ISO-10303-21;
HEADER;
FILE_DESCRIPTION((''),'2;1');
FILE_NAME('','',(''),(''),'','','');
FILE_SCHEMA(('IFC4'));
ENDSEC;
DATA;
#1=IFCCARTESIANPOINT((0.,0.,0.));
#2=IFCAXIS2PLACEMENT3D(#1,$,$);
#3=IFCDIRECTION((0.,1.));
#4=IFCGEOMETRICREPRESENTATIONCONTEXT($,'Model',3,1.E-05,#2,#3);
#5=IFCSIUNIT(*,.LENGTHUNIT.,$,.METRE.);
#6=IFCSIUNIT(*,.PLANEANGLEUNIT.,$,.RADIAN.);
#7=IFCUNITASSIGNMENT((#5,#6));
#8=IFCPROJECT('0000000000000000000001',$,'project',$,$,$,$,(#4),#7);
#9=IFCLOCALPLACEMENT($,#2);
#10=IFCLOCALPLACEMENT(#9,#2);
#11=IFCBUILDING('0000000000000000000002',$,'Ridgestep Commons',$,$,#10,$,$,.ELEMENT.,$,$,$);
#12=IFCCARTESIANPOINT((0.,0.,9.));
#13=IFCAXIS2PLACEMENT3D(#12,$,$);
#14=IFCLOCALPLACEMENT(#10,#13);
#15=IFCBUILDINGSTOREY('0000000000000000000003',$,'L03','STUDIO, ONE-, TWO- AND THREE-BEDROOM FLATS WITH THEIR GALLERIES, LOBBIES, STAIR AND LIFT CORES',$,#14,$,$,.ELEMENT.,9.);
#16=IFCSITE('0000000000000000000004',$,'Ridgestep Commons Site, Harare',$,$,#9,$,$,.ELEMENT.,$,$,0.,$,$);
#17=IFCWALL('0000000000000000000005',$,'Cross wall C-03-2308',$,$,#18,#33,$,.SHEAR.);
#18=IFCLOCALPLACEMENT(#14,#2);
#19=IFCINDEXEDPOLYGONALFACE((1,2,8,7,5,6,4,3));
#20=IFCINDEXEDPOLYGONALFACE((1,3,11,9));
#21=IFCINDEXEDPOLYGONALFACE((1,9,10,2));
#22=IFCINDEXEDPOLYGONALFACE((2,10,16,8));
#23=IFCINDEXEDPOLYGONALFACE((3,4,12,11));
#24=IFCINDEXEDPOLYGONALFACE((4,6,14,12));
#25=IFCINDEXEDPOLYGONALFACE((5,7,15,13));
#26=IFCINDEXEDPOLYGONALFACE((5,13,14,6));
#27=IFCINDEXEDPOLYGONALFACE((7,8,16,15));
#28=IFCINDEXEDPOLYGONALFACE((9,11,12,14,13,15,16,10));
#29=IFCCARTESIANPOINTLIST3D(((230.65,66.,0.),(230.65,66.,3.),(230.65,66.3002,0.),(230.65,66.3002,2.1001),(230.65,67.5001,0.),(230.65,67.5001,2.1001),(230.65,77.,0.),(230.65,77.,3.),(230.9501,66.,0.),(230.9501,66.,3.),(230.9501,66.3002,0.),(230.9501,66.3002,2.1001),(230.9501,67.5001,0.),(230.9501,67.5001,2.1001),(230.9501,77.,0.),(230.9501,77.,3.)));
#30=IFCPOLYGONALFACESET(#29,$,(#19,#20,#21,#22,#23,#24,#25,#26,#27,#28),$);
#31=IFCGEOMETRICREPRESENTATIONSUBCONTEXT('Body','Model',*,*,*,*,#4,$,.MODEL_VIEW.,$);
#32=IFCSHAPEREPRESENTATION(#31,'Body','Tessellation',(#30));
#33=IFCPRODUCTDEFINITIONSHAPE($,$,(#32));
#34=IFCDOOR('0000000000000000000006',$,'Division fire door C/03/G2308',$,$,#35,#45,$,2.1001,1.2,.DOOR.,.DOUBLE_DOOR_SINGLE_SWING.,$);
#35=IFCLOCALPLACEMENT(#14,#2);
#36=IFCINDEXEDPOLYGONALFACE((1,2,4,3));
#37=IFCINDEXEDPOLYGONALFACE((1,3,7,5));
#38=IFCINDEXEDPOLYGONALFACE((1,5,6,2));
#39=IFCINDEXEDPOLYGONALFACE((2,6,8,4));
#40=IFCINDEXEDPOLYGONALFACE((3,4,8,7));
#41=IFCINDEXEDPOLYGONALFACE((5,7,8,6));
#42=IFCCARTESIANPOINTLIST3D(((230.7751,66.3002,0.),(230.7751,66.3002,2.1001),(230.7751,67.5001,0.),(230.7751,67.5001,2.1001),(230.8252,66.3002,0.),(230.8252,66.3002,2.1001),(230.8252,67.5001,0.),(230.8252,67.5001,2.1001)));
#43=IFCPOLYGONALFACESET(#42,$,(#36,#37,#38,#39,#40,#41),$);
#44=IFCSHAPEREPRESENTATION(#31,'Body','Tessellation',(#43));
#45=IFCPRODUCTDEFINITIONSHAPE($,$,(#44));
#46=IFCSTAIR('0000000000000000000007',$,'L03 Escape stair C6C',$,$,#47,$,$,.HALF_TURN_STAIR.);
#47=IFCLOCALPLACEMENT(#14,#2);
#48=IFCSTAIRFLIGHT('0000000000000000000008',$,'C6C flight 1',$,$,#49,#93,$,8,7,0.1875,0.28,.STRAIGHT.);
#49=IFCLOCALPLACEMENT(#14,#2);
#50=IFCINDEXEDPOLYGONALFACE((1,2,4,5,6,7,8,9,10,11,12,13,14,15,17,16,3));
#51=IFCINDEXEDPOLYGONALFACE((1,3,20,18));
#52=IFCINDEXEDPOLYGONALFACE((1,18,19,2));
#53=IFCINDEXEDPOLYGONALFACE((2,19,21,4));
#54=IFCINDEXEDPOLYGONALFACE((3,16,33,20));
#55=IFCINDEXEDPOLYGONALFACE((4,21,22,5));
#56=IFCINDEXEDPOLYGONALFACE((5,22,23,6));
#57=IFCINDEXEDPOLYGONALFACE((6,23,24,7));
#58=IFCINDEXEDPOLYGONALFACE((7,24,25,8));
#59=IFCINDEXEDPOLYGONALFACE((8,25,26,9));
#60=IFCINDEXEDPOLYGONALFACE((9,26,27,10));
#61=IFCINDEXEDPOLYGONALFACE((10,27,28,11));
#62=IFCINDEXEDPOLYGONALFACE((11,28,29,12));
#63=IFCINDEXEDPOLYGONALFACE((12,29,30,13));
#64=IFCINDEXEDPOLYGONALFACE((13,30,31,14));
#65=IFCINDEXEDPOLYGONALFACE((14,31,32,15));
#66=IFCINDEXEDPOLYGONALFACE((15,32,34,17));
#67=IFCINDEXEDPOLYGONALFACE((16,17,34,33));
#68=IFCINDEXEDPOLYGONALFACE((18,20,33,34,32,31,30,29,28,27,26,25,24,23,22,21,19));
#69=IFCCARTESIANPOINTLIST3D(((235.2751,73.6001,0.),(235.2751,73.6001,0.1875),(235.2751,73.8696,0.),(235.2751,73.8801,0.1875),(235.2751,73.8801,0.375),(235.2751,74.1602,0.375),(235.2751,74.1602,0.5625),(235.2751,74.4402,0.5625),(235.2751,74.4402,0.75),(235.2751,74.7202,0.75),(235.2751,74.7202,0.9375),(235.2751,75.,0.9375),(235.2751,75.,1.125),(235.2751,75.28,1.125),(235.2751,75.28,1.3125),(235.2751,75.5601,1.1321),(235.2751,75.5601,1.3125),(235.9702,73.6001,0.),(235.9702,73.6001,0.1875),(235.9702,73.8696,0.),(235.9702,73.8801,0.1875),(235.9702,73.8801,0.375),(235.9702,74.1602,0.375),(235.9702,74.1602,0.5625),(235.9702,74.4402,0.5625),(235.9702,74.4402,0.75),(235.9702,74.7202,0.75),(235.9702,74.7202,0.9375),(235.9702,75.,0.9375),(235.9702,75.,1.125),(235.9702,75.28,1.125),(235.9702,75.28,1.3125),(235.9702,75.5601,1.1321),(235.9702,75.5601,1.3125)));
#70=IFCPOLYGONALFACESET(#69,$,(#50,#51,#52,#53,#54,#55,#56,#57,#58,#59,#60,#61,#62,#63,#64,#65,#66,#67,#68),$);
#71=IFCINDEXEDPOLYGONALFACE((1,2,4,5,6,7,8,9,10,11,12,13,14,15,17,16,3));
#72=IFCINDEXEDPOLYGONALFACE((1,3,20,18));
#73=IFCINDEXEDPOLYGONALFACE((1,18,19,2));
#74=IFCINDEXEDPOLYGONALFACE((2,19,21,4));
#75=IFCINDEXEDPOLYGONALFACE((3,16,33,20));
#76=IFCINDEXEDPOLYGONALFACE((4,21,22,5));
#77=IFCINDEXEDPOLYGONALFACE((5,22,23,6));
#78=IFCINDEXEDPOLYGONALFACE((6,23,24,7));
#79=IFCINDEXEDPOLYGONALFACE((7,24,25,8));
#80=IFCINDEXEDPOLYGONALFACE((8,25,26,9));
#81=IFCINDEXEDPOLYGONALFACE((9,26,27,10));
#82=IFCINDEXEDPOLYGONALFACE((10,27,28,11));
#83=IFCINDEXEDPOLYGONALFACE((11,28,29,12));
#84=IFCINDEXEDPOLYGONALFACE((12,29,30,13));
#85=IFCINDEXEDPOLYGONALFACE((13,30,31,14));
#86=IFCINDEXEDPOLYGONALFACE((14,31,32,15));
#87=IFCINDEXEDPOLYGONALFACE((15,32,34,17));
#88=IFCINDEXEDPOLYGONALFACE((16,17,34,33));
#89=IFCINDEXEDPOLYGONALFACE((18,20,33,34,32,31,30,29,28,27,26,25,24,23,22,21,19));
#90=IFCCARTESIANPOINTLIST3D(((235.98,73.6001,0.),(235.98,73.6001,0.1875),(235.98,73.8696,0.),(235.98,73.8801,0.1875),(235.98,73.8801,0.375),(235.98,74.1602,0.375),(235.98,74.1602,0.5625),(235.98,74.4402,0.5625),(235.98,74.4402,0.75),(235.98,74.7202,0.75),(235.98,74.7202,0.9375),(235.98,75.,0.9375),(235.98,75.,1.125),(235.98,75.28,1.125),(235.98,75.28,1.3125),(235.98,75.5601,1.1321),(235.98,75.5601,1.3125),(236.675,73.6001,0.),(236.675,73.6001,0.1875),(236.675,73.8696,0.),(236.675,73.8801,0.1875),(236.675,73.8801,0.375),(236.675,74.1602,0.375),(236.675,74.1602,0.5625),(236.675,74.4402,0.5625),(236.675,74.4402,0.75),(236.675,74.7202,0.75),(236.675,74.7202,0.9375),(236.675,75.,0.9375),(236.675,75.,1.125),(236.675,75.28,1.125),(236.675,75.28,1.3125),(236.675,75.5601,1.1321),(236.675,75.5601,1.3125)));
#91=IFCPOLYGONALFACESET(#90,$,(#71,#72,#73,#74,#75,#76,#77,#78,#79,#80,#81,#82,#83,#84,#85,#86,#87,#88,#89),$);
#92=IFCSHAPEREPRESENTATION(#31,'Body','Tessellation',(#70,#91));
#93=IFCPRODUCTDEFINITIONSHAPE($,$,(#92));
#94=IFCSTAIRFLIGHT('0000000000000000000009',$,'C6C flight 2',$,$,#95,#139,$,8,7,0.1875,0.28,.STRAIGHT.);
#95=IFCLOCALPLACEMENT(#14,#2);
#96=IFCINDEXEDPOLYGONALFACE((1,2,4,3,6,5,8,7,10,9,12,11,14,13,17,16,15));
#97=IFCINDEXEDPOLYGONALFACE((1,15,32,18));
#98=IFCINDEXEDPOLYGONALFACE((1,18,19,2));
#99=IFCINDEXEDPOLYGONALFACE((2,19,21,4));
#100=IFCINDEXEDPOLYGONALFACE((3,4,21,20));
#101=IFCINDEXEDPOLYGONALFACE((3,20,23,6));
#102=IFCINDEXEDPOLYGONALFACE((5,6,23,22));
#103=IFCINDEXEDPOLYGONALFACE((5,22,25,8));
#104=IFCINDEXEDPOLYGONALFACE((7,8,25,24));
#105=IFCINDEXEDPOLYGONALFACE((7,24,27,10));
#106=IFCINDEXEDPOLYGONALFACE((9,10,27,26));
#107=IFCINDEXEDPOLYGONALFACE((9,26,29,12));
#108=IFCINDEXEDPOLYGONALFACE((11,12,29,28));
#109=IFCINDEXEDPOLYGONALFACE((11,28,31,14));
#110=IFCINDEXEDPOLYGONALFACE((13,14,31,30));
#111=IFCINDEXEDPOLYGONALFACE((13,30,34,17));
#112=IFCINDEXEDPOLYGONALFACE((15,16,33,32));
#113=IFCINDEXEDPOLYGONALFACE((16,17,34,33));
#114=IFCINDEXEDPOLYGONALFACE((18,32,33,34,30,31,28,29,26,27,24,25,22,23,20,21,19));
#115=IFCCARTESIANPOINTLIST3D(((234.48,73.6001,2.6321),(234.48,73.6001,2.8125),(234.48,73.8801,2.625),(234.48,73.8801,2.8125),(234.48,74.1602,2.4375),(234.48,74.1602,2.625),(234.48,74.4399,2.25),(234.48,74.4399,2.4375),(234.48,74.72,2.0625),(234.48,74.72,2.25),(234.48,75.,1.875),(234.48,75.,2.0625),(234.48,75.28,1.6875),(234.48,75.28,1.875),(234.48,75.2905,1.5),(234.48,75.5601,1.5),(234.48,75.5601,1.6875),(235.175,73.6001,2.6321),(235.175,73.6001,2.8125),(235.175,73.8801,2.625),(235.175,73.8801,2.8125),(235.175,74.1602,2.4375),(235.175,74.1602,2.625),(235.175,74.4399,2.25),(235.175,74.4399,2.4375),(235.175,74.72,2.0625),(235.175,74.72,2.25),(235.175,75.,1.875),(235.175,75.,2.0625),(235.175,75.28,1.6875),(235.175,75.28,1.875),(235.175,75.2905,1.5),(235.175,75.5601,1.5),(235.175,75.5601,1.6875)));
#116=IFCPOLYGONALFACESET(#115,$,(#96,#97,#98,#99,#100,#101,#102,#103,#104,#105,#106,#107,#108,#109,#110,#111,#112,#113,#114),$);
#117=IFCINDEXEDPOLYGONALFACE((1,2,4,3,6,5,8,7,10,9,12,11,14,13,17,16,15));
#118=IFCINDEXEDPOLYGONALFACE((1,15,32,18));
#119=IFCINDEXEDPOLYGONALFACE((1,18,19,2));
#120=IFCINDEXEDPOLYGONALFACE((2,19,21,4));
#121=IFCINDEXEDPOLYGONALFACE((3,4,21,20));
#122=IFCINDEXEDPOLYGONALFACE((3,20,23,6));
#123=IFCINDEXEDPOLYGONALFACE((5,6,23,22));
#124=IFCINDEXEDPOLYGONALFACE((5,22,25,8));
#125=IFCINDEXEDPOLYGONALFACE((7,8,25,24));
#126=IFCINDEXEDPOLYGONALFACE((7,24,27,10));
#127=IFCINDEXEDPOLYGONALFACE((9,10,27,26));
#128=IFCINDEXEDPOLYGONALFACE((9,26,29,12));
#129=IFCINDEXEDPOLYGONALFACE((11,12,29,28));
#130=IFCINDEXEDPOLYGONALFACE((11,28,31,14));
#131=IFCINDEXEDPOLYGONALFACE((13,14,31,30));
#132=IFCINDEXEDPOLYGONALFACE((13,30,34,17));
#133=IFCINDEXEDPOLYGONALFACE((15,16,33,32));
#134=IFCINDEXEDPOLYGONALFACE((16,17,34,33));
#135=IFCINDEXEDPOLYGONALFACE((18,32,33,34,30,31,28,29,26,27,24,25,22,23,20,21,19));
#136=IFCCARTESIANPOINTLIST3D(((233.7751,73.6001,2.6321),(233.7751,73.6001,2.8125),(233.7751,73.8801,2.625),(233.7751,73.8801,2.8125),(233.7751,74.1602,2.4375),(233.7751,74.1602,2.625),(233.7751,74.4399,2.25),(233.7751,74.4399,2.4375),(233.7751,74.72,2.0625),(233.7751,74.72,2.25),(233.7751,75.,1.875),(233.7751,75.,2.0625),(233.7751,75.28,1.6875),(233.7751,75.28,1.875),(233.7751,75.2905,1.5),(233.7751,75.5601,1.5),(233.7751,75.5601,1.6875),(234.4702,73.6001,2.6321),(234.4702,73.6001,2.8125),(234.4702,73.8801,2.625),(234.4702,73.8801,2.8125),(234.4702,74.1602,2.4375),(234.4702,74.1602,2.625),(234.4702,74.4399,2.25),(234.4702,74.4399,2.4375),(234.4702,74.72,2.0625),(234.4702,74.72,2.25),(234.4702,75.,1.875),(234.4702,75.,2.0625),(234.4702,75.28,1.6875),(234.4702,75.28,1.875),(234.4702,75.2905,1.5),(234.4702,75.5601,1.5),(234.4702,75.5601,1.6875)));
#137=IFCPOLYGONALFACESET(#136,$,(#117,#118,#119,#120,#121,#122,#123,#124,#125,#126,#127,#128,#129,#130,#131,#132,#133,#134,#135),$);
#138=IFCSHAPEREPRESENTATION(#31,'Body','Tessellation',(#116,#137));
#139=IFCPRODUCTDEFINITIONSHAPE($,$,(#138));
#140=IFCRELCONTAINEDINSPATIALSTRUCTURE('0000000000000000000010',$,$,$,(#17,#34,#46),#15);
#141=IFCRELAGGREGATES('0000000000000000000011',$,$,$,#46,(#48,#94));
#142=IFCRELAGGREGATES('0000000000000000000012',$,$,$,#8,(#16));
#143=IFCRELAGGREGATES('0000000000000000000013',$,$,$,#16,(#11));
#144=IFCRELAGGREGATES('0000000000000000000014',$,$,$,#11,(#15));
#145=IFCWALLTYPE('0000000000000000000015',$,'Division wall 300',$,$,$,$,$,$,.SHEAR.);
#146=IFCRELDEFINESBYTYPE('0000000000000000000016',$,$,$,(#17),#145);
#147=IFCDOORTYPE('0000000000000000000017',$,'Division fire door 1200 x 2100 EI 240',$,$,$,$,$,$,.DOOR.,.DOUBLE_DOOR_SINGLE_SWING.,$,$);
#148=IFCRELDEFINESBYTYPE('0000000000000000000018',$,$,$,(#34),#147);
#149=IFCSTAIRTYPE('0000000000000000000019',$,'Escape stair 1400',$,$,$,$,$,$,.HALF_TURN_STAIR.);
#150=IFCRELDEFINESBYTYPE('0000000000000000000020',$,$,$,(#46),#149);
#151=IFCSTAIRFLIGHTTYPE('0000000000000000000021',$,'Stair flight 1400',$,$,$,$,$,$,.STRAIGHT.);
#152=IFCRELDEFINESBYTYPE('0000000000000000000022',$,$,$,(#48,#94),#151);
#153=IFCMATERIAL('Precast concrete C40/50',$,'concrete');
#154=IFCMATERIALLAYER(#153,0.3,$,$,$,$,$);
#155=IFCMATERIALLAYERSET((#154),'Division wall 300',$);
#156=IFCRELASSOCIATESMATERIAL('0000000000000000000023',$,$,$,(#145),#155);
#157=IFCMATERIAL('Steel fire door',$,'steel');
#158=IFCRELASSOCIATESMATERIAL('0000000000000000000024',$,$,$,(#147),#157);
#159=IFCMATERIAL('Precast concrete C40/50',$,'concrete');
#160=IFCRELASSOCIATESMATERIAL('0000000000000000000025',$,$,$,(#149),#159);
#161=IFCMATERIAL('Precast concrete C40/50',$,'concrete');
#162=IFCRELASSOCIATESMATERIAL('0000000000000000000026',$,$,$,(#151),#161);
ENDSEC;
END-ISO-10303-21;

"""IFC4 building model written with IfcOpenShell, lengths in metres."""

from ifc_helpers import new_model, si_unit, direction, frame, frame_2d, origin, place, context, subcontext, project, spatial, polyline, rectangle, outline, extrude, material, layer, layer_set, type_object, element, fill, aggregate, save


model = new_model("IFC4")

# Units and contexts
model_context = context("Model", 3, precision=1e-05, world=origin(), true_north=direction((0.0, 1.0)))
body_context = subcontext(model_context, "Body", "Model", "MODEL_VIEW")
ifc_project = project(units=[si_unit("LENGTHUNIT", "METRE"), si_unit("PLANEANGLEUNIT", "RADIAN")], contexts=[model_context])

# Site, building, storey
site_placement = place(None, origin())
site = spatial("IfcSite", under=ifc_project, at=site_placement, Name="Ridgestep Commons Site, Harare", CompositionType="ELEMENT", RefElevation=0.0)
building_placement = place(site_placement, origin())
building = spatial("IfcBuilding", under=site, at=building_placement, Name="Ridgestep Commons", CompositionType="ELEMENT")
storey_placement = place(building_placement, frame((0.0, 0.0, 9.0)))
storey = spatial("IfcBuildingStorey", under=building, at=storey_placement, Name="L03", Description="STUDIO, ONE-, TWO- AND THREE-BEDROOM FLATS WITH THEIR GALLERIES, LOBBIES, STAIR AND LIFT CORES", CompositionType="ELEMENT", Elevation=9.0)

# Wall, opening, door
ifc_material_1 = material(Name="Precast concrete C40/50", Category="concrete")
ifc_layer_1 = layer(ifc_material_1, 0.3)
ifc_layer_set_1 = layer_set([ifc_layer_1], Name="Division wall 300")
wall_type_1 = type_object("IfcWallType", Name="Division wall 300", PredefinedType="SHEAR", material=ifc_layer_set_1)
wall_1_placement = place(storey_placement, frame((230.8, 66.0, 0.0), z_axis=(0.0, 0.0, 1.0), x_axis=(0.0, 1.0, 0.0)))
wall_1 = element("IfcWall", 1, at=wall_1_placement, inside=storey, type_object=wall_type_1, Name="Cross wall C-03-2308", PredefinedType="SHEAR", context=body_context, shape_type="SweptSolid", body=[
    extrude(rectangle(XDim=11.0, YDim=0.3, at=frame_2d((5.5, 0.0))), origin(), (0.0, 0.0, 1.0), 3.0),
])
opening_1_placement = place(wall_1_placement, frame((0.3, 0.0, 0.0)))
opening_1 = element("IfcOpeningElement", 2, at=opening_1_placement, cuts=wall_1, PredefinedType="OPENING", context=body_context, shape_type="SweptSolid", body=[
    extrude(rectangle(XDim=1.2, YDim=2.1001, at=frame_2d((0.6001, 1.05))), frame((0.0, 0.1599, 0.0), z_axis=(0.0, -1.0, 0.0), x_axis=(1.0, 0.0, 0.0)), (0.0, 0.0, 1.0), 0.3201),
])
ifc_material_2 = material(Name="Steel fire door", Category="steel")
door_type_1 = type_object("IfcDoorType", Name="Division fire door 1200 x 2100 EI 240", OperationType="DOUBLE_DOOR_SINGLE_SWING", PredefinedType="DOOR", material=ifc_material_2)
door_1_placement = place(opening_1_placement, origin())
door_1 = element("IfcDoor", 3, at=door_1_placement, inside=storey, type_object=door_type_1, Name="Division fire door C/03/G2308", OperationType="DOUBLE_DOOR_SINGLE_SWING", OverallHeight=2.1001, OverallWidth=1.2, PredefinedType="DOOR", context=body_context, shape_type="SweptSolid", body=[
    extrude(rectangle(XDim=1.2, YDim=2.1001, at=frame_2d((0.6001, 1.05))), frame((0.0, 0.0249, 0.0), z_axis=(0.0, -1.0, 0.0), x_axis=(1.0, 0.0, 0.0)), (0.0, 0.0, 1.0), 0.05),
])
fill(opening_1, door_1)

# Stair, stair flights
ifc_material_3 = material(Name="Precast concrete C40/50", Category="concrete")
stair_type = type_object("IfcStairType", Name="Escape stair 1400", PredefinedType="HALF_TURN_STAIR", material=ifc_material_3)
stair_placement = place(storey_placement, origin())
stair = element("IfcStair", 4, at=stair_placement, inside=storey, type_object=stair_type, Name="L03 Escape stair C6C", PredefinedType="HALF_TURN_STAIR")
ifc_material_4 = material(Name="Precast concrete C40/50", Category="concrete")
stair_flight_type = type_object("IfcStairFlightType", Name="Stair flight 1400", PredefinedType="STRAIGHT", material=ifc_material_4)
stair_flight_1_placement = place(storey_placement, frame((235.9751, 73.6001, 0.0), z_axis=(0.0, 0.0, 1.0), x_axis=(0.0, 1.0, 0.0)))
stair_flight_1 = element("IfcStairFlight", 5, at=stair_flight_1_placement, type_object=stair_flight_type, Name="C6C flight 1", NumberOfRisers=8, NumberOfTreads=7, PredefinedType="STRAIGHT", RiserHeight=0.1875, TreadLength=0.28, context=body_context, shape_type="SweptSolid", body=[
    extrude(outline(polyline([(0.0, 0.0), (0.0, 0.1875), (0.28, 0.1875), (0.28, 0.375), (0.5601, 0.375), (0.5601, 0.5625), (0.8401, 0.5625), (0.8401, 0.75), (1.1201, 0.75), (1.1201, 0.9375), (1.3999, 0.9375), (1.3999, 1.125), (1.6799, 1.125), (1.6799, 1.3125), (1.96, 1.3125), (1.96, 1.5), (1.96, 1.1321), (0.2695, 0.0), (0.0, 0.0)])), frame((0.0, 0.7, 0.0), z_axis=(0.0, -1.0, 0.0), x_axis=(1.0, 0.0, 0.0)), (0.0, 0.0, 1.0), 0.6951),
    extrude(outline(polyline([(0.0, 0.0), (0.0, 0.1875), (0.28, 0.1875), (0.28, 0.375), (0.5601, 0.375), (0.5601, 0.5625), (0.8401, 0.5625), (0.8401, 0.75), (1.1201, 0.75), (1.1201, 0.9375), (1.3999, 0.9375), (1.3999, 1.125), (1.6799, 1.125), (1.6799, 1.3125), (1.96, 1.3125), (1.96, 1.5), (1.96, 1.1321), (0.2695, 0.0), (0.0, 0.0)])), frame((0.0, -0.0049, 0.0), z_axis=(0.0, -1.0, 0.0), x_axis=(1.0, 0.0, 0.0)), (0.0, 0.0, 1.0), 0.6951),
])
stair_flight_2_placement = place(storey_placement, frame((234.4751, 75.5601, 1.5), z_axis=(0.0, 0.0, 1.0), x_axis=(0.0, -1.0, 0.0)))
stair_flight_2 = element("IfcStairFlight", 6, at=stair_flight_2_placement, type_object=stair_flight_type, Name="C6C flight 2", NumberOfRisers=8, NumberOfTreads=7, PredefinedType="STRAIGHT", RiserHeight=0.1875, TreadLength=0.28, context=body_context, shape_type="SweptSolid", body=[
    extrude(outline(polyline([(0.0, 0.0), (0.0, 0.1875), (0.28, 0.1875), (0.28, 0.375), (0.5601, 0.375), (0.5601, 0.5625), (0.8401, 0.5625), (0.8401, 0.75), (1.1201, 0.75), (1.1201, 0.9375), (1.3999, 0.9375), (1.3999, 1.125), (1.6799, 1.125), (1.6799, 1.3125), (1.96, 1.3125), (1.96, 1.5), (1.96, 1.1321), (0.2695, 0.0), (0.0, 0.0)])), frame((0.0, 0.7, 0.0), z_axis=(0.0, -1.0, 0.0), x_axis=(1.0, 0.0, 0.0)), (0.0, 0.0, 1.0), 0.6951),
    extrude(outline(polyline([(0.0, 0.0), (0.0, 0.1875), (0.28, 0.1875), (0.28, 0.375), (0.5601, 0.375), (0.5601, 0.5625), (0.8401, 0.5625), (0.8401, 0.75), (1.1201, 0.75), (1.1201, 0.9375), (1.3999, 0.9375), (1.3999, 1.125), (1.6799, 1.125), (1.6799, 1.3125), (1.96, 1.3125), (1.96, 1.5), (1.96, 1.1321), (0.2695, 0.0), (0.0, 0.0)])), frame((0.0, -0.0049, 0.0), z_axis=(0.0, -1.0, 0.0), x_axis=(1.0, 0.0, 0.0)), (0.0, 0.0, 1.0), 0.6951),
])
aggregate(stair, [stair_flight_1, stair_flight_2])

save(model, "model.ifc")
